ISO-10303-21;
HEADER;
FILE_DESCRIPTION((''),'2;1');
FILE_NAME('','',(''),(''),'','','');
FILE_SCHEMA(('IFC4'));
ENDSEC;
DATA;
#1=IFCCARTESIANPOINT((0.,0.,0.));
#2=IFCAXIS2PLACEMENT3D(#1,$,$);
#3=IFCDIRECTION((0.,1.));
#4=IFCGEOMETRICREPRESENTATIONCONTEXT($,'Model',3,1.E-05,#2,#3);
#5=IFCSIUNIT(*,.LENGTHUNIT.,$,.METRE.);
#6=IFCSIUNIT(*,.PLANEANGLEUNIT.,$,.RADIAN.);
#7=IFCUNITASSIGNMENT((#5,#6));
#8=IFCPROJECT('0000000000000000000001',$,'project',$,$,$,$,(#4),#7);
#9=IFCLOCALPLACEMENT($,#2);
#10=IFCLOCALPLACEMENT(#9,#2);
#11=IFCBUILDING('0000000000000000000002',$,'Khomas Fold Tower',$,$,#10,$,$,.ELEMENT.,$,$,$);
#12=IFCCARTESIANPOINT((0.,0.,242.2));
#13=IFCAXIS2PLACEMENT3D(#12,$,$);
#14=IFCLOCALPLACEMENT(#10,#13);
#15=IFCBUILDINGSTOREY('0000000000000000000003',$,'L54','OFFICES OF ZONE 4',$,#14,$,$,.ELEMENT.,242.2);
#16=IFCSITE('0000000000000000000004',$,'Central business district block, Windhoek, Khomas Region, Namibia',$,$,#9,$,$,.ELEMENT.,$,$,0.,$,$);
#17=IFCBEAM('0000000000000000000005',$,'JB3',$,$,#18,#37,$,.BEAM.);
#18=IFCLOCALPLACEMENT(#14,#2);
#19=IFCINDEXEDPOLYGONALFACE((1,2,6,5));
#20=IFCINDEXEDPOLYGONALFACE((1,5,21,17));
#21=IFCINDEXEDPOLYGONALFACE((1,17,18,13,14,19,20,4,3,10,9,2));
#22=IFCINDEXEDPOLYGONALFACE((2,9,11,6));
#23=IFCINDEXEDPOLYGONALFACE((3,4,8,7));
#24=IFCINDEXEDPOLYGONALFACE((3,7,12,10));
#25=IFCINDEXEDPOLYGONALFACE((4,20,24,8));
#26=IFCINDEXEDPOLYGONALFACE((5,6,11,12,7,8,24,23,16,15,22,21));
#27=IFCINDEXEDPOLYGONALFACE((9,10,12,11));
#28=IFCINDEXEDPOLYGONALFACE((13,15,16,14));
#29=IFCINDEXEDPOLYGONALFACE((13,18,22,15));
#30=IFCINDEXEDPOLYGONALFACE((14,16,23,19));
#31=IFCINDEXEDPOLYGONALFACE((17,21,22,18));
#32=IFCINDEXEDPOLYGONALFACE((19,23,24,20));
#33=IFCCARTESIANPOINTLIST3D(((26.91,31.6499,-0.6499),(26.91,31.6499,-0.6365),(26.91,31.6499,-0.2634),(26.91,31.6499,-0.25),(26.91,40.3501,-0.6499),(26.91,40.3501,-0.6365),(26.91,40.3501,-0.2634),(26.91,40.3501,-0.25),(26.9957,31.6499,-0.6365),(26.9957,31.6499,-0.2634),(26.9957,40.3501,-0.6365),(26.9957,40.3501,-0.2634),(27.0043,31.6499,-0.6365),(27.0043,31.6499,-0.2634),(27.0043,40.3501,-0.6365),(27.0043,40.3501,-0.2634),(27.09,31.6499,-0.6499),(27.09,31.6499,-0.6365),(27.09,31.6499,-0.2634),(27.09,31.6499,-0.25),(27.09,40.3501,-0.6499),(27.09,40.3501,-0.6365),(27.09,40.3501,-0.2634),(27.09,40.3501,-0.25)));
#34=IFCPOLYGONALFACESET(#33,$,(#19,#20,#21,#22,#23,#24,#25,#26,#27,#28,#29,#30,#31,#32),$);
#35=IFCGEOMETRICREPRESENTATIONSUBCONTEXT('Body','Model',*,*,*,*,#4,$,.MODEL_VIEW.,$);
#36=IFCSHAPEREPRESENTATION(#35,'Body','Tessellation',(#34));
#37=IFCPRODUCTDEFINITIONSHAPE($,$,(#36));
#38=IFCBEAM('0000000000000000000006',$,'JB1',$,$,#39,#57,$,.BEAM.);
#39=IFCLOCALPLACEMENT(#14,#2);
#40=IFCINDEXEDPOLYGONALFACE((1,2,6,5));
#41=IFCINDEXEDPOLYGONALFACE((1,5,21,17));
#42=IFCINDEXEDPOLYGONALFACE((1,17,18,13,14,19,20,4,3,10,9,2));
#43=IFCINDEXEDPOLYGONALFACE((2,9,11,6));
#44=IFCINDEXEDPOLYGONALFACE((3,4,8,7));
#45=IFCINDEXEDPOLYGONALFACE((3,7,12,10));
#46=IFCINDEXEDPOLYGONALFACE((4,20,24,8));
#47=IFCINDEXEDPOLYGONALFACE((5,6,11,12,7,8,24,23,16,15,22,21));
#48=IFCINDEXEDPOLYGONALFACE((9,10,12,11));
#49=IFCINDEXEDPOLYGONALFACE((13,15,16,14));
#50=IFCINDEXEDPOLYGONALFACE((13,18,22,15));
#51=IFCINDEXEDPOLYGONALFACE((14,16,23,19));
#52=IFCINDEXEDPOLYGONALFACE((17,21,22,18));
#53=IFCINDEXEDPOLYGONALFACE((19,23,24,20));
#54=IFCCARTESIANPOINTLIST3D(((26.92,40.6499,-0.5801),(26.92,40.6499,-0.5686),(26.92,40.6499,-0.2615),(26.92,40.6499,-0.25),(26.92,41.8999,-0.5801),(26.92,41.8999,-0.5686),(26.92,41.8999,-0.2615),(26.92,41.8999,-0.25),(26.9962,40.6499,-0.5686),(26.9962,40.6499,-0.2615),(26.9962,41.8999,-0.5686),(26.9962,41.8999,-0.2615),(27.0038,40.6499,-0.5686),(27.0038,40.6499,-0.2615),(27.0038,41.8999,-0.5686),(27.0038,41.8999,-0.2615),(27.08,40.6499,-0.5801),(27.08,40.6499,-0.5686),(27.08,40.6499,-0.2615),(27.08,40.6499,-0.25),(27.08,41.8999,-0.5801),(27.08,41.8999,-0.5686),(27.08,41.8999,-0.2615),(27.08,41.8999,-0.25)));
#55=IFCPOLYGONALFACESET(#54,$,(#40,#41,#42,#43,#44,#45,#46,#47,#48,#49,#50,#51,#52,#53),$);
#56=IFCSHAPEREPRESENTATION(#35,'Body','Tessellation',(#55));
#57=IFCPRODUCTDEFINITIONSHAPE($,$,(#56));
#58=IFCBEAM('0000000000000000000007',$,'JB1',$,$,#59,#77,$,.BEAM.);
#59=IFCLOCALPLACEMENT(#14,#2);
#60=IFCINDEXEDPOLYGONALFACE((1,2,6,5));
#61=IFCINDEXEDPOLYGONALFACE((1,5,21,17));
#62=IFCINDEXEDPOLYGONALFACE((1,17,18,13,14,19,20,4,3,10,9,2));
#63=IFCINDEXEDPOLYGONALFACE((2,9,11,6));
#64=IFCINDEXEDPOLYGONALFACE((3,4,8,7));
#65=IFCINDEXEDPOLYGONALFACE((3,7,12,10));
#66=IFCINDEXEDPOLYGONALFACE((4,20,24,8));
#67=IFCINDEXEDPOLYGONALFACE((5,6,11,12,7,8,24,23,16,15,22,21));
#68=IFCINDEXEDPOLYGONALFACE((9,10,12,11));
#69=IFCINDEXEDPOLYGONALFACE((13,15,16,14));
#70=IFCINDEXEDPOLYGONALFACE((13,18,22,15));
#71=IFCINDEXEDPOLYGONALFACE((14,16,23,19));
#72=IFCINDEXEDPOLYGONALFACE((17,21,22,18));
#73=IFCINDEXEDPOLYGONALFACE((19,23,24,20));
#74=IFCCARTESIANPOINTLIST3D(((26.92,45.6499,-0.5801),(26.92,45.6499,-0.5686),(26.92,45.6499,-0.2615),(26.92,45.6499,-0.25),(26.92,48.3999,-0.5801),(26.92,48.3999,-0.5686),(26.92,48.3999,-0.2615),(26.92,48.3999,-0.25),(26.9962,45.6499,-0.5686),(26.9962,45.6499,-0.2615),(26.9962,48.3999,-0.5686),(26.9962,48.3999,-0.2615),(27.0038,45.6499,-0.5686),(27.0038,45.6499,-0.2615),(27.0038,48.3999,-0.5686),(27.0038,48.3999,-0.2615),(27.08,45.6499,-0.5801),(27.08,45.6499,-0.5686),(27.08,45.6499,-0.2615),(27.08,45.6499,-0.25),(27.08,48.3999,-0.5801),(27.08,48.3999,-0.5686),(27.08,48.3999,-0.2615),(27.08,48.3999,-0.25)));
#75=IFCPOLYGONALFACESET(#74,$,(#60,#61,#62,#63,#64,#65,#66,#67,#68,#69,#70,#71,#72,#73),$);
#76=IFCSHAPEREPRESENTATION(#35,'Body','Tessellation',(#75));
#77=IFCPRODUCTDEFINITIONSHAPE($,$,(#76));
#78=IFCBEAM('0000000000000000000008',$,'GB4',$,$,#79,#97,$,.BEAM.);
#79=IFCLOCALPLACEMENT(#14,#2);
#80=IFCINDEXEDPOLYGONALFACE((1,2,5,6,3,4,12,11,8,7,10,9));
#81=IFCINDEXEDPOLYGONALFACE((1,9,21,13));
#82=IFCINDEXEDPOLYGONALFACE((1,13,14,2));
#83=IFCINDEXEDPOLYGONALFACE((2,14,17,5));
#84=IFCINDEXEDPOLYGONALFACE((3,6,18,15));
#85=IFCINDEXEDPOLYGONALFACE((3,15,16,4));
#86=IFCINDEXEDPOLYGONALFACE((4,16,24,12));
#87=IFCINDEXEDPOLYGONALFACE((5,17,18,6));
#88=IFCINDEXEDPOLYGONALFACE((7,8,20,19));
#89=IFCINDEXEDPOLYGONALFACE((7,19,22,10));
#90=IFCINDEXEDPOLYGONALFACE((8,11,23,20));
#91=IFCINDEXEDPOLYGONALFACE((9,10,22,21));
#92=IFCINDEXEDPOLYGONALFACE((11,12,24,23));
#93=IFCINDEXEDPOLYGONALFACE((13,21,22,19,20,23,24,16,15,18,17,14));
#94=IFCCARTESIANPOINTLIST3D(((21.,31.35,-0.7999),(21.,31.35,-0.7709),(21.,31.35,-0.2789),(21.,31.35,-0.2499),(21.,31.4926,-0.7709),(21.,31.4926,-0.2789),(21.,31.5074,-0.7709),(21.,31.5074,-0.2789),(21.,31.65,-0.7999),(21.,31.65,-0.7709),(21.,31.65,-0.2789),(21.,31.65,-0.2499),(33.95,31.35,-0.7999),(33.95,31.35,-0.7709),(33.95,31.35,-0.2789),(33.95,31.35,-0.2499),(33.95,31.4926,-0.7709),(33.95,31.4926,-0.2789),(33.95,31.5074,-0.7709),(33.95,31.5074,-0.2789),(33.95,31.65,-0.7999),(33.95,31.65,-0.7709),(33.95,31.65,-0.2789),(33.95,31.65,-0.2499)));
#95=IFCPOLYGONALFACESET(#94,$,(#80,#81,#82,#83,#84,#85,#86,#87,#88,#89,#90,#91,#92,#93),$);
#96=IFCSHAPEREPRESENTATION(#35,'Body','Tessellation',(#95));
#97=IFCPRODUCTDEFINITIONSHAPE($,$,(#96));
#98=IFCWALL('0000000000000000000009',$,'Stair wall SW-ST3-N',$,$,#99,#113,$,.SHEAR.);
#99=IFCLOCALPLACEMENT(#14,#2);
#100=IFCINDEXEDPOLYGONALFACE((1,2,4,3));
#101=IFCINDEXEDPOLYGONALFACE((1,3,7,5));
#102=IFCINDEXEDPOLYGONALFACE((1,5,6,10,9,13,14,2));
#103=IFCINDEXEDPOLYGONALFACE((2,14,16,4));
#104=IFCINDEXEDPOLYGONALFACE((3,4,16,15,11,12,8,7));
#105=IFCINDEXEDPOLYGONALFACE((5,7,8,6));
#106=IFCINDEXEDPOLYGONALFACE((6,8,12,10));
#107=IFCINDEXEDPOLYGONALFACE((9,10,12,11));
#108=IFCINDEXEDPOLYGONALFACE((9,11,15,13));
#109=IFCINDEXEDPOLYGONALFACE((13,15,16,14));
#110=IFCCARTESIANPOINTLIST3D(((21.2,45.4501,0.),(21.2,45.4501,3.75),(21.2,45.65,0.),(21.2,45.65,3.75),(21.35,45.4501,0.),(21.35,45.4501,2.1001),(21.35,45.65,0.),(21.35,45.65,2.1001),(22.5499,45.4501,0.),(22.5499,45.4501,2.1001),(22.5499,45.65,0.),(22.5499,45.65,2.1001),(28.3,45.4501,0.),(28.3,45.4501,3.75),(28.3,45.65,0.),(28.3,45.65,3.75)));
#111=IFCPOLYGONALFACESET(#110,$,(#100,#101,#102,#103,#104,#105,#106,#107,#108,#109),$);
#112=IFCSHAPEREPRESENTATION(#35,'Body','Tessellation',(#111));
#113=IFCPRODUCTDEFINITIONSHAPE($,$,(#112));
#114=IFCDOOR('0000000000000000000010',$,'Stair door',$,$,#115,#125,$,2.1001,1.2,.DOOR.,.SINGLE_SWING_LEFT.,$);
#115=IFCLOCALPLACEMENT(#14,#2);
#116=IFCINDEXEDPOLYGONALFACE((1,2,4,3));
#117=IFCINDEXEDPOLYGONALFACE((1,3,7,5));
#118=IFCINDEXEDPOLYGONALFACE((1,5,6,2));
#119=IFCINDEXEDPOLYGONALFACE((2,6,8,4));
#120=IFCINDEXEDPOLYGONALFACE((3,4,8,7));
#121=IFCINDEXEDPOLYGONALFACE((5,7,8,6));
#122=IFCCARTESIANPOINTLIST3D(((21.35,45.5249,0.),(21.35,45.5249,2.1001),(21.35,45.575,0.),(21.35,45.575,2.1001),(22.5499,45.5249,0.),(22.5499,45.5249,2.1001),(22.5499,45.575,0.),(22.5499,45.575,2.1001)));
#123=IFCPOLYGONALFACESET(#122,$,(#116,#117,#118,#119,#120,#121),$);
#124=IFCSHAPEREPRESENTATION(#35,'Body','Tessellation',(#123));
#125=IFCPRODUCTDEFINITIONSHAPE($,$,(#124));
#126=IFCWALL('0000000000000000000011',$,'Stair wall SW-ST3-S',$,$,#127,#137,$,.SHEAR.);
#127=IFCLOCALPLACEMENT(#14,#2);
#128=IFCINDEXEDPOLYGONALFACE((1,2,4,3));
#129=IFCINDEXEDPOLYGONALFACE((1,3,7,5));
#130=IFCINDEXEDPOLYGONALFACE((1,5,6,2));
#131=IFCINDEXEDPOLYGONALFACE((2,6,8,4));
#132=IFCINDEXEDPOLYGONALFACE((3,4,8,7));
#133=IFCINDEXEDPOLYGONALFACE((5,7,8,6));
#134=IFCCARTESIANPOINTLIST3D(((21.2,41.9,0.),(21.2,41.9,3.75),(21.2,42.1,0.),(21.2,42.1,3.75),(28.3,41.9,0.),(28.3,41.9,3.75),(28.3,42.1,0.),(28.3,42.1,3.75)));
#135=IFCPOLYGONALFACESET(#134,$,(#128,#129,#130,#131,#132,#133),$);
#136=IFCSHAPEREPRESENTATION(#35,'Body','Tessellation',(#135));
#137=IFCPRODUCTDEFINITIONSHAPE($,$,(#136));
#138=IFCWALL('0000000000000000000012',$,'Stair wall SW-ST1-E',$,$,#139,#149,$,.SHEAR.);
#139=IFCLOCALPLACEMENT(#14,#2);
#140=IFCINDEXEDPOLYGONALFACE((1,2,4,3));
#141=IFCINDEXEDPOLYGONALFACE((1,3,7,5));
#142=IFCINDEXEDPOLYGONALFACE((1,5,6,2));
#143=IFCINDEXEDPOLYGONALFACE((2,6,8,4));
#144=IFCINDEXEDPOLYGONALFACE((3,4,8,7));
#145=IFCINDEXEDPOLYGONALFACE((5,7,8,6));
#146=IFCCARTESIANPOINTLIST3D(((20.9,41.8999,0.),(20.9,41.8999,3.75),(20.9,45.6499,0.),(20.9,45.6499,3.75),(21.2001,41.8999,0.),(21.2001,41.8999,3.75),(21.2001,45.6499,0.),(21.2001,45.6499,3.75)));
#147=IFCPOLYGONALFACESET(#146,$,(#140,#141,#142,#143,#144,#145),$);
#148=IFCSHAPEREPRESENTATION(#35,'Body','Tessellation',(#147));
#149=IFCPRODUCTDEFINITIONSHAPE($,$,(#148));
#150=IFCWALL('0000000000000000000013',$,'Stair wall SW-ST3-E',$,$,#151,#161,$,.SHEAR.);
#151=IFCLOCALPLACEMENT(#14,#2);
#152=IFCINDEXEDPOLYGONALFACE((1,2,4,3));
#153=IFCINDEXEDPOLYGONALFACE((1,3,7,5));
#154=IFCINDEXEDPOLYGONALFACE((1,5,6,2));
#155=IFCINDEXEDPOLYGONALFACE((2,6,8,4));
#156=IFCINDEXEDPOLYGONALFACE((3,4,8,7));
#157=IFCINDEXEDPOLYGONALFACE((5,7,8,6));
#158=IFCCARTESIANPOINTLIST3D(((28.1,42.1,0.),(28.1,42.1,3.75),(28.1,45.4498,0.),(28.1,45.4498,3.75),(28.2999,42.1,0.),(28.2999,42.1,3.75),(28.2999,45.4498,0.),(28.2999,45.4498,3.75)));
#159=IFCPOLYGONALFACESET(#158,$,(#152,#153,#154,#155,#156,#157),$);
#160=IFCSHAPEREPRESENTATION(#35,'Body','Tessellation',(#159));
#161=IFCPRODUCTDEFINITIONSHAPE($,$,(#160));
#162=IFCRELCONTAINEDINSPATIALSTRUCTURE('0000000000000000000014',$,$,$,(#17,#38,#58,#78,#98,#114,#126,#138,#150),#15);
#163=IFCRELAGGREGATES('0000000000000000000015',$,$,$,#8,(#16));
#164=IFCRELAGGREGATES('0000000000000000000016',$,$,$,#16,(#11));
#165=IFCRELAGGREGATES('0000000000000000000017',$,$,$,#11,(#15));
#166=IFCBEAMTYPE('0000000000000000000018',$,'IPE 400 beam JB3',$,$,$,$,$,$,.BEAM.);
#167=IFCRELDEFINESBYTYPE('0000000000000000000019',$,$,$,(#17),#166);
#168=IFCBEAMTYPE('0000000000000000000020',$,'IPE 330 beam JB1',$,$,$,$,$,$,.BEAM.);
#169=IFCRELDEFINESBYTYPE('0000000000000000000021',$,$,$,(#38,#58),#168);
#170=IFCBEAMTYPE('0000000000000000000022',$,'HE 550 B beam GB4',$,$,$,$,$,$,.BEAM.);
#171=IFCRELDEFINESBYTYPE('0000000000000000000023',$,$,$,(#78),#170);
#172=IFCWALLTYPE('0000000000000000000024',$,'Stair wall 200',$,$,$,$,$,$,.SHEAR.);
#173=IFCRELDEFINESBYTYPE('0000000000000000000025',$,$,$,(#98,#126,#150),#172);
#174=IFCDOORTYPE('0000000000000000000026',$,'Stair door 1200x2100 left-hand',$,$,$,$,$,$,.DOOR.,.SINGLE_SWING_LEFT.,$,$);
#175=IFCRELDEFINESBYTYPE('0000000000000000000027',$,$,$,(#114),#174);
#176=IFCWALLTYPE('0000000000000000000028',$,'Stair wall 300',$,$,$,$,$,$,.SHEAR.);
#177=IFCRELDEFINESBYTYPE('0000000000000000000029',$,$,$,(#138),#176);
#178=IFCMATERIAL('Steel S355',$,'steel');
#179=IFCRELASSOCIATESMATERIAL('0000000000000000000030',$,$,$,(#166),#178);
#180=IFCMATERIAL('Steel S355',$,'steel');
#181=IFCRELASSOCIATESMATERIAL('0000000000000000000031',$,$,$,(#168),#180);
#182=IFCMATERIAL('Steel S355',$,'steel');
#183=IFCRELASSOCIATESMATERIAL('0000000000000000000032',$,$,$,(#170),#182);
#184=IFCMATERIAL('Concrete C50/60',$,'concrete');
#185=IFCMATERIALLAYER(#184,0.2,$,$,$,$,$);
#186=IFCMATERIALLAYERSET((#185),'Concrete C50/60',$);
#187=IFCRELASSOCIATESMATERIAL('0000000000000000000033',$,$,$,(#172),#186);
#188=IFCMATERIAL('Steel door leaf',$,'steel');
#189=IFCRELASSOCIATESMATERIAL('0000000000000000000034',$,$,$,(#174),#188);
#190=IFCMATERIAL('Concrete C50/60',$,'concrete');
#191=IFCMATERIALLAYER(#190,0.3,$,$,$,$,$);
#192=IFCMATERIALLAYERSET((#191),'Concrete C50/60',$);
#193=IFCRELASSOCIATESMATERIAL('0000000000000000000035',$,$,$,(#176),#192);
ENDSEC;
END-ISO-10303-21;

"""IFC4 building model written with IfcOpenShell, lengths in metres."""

from ifc_helpers import new_model, si_unit, direction, frame, frame_2d, origin, origin_2d, place, context, subcontext, project, spatial, rectangle, i_section, extrude, source, transform, mapped, material, layer, layer_set, material_profile, profile_set, type_object, element, fill, save


model = new_model("IFC4")

# Units and contexts
model_context = context("Model", 3, precision=1e-05, world=origin(), true_north=direction((0.0, 1.0)))
body_context = subcontext(model_context, "Body", "Model", "MODEL_VIEW")
ifc_project = project(units=[si_unit("LENGTHUNIT", "METRE"), si_unit("PLANEANGLEUNIT", "RADIAN")], contexts=[model_context])

# Site, building, storey
site_placement = place(None, origin())
site = spatial("IfcSite", under=ifc_project, at=site_placement, Name="Central business district block, Windhoek, Khomas Region, Namibia", CompositionType="ELEMENT", RefElevation=0.0)
building_placement = place(site_placement, origin())
building = spatial("IfcBuilding", under=site, at=building_placement, Name="Khomas Fold Tower", CompositionType="ELEMENT")
storey_placement = place(building_placement, frame((0.0, 0.0, 242.2)))
storey = spatial("IfcBuildingStorey", under=building, at=storey_placement, Name="L54", Description="OFFICES OF ZONE 4", CompositionType="ELEMENT", Elevation=242.2)

# Beams
ifc_material_1 = material(Name="Steel S355", Category="steel")
ifc_material_profile_1 = material_profile(ifc_material_1, i_section(OverallWidth=0.1799, OverallDepth=0.3999, WebThickness=0.0085, FlangeThickness=0.0134, at=origin_2d()), Name="IPE 400")
ifc_profile_set_1 = profile_set([ifc_material_profile_1], Name="Steel S355")
beam_type_1 = type_object("IfcBeamType", Name="IPE 400 beam JB3", PredefinedType="BEAM", material=ifc_profile_set_1)
shared_shape_1 = source(origin(), body_context, "Body", "SweptSolid", [
    extrude(i_section(OverallWidth=0.1799, OverallDepth=0.3999, WebThickness=0.0085, FlangeThickness=0.0134, at=origin_2d()), origin(), (0.0, 0.0, 1.0), 8.7002),
])
beam_1_placement = place(storey_placement, frame((27.0, 31.6499, -0.45), z_axis=(0.0, 1.0, 0.0), x_axis=(-1.0, 0.0, 0.0)))
element("IfcBeam", 1, at=beam_1_placement, inside=storey, type_object=beam_type_1, Name="JB3", PredefinedType="BEAM", context=body_context, shape_type="MappedRepresentation", body=[
    mapped(shared_shape_1, transform((0.0, 0.0, 0.0))),
])
ifc_material_2 = material(Name="Steel S355", Category="steel")
ifc_material_profile_2 = material_profile(ifc_material_2, i_section(OverallWidth=0.1599, OverallDepth=0.3301, WebThickness=0.0076, FlangeThickness=0.0115, at=origin_2d()), Name="IPE 330")
ifc_profile_set_2 = profile_set([ifc_material_profile_2], Name="Steel S355")
beam_type_2 = type_object("IfcBeamType", Name="IPE 330 beam JB1", PredefinedType="BEAM", material=ifc_profile_set_2)
shared_shape_2 = source(origin(), body_context, "Body", "SweptSolid", [
    extrude(i_section(OverallWidth=0.1599, OverallDepth=0.3301, WebThickness=0.0076, FlangeThickness=0.0115, at=origin_2d()), origin(), (0.0, 0.0, 1.0), 1.25),
])
beam_2_placement = place(storey_placement, frame((27.0, 40.6499, -0.415), z_axis=(0.0, 1.0, 0.0), x_axis=(-1.0, 0.0, 0.0)))
element("IfcBeam", 2, at=beam_2_placement, inside=storey, type_object=beam_type_2, Name="JB1", PredefinedType="BEAM", context=body_context, shape_type="MappedRepresentation", body=[
    mapped(shared_shape_2, transform((0.0, 0.0, 0.0))),
])
shared_shape_3 = source(origin(), body_context, "Body", "SweptSolid", [
    extrude(i_section(OverallWidth=0.1599, OverallDepth=0.3301, WebThickness=0.0076, FlangeThickness=0.0115, at=origin_2d()), origin(), (0.0, 0.0, 1.0), 2.75),
])
beam_3_placement = place(storey_placement, frame((27.0, 45.6499, -0.415), z_axis=(0.0, 1.0, 0.0), x_axis=(-1.0, 0.0, 0.0)))
element("IfcBeam", 3, at=beam_3_placement, inside=storey, type_object=beam_type_2, Name="JB1", PredefinedType="BEAM", context=body_context, shape_type="MappedRepresentation", body=[
    mapped(shared_shape_3, transform((0.0, 0.0, 0.0))),
])
ifc_material_3 = material(Name="Steel S355", Category="steel")
ifc_material_profile_3 = material_profile(ifc_material_3, i_section(OverallWidth=0.3, OverallDepth=0.55, WebThickness=0.0149, FlangeThickness=0.0291, at=origin_2d()), Name="HE 550 B")
ifc_profile_set_3 = profile_set([ifc_material_profile_3], Name="Steel S355")
beam_type_3 = type_object("IfcBeamType", Name="HE 550 B beam GB4", PredefinedType="BEAM", material=ifc_profile_set_3)
shared_shape_4 = source(origin(), body_context, "Body", "SweptSolid", [
    extrude(i_section(OverallWidth=0.3, OverallDepth=0.55, WebThickness=0.0149, FlangeThickness=0.0291, at=origin_2d()), origin(), (0.0, 0.0, 1.0), 12.95),
])
beam_4_placement = place(storey_placement, frame((21.0, 31.5, -0.5249), z_axis=(1.0, 0.0, 0.0), x_axis=(0.0, 1.0, 0.0)))
element("IfcBeam", 4, at=beam_4_placement, inside=storey, type_object=beam_type_3, Name="GB4", PredefinedType="BEAM", context=body_context, shape_type="MappedRepresentation", body=[
    mapped(shared_shape_4, transform((0.0, 0.0, 0.0))),
])

# Wall, opening, door
ifc_material_4 = material(Name="Concrete C50/60", Category="concrete")
ifc_layer_1 = layer(ifc_material_4, 0.2)
ifc_layer_set_1 = layer_set([ifc_layer_1], Name="Concrete C50/60")
wall_type_1 = type_object("IfcWallType", Name="Stair wall 200", PredefinedType="SHEAR", material=ifc_layer_set_1)
shared_shape_5 = source(origin(), body_context, "Body", "SweptSolid", [
    extrude(rectangle(XDim=7.1001, YDim=0.2, at=frame_2d((3.55, 0.0))), origin(), (0.0, 0.0, 1.0), 3.75),
])
wall_1_placement = place(storey_placement, frame((21.2, 45.55, 0.0), z_axis=(0.0, 0.0, 1.0), x_axis=(1.0, 0.0, 0.0)))
wall_1 = element("IfcWall", 5, at=wall_1_placement, inside=storey, type_object=wall_type_1, Name="Stair wall SW-ST3-N", PredefinedType="SHEAR", context=body_context, shape_type="MappedRepresentation", body=[
    mapped(shared_shape_5, transform((0.0, 0.0, 0.0))),
])
shared_shape_6 = source(origin(), body_context, "Body", "SweptSolid", [
    extrude(rectangle(XDim=1.2, YDim=2.1001, at=frame_2d((0.6001, 1.05))), frame((0.0, 0.1099, 0.0), z_axis=(0.0, -1.0, 0.0), x_axis=(1.0, 0.0, 0.0)), (0.0, 0.0, 1.0), 0.22),
])
opening_1_placement = place(wall_1_placement, frame((0.1499, 0.0, 0.0)))
opening_1 = element("IfcOpeningElement", 6, at=opening_1_placement, cuts=wall_1, PredefinedType="OPENING", context=body_context, shape_type="MappedRepresentation", body=[
    mapped(shared_shape_6, transform((0.0, 0.0, 0.0))),
])
ifc_material_5 = material(Name="Steel door leaf", Category="steel")
door_type_1 = type_object("IfcDoorType", Name="Stair door 1200x2100 left-hand", OperationType="SINGLE_SWING_LEFT", PredefinedType="DOOR", material=ifc_material_5)
shared_shape_7 = source(origin(), body_context, "Body", "SweptSolid", [
    extrude(rectangle(XDim=1.2, YDim=2.1001, at=frame_2d((0.6001, 1.05))), frame((0.0, 0.0249, 0.0), z_axis=(0.0, -1.0, 0.0), x_axis=(1.0, 0.0, 0.0)), (0.0, 0.0, 1.0), 0.05),
])
door_1_placement = place(opening_1_placement, origin())
door_1 = element("IfcDoor", 7, at=door_1_placement, inside=storey, type_object=door_type_1, Name="Stair door", OperationType="SINGLE_SWING_LEFT", OverallHeight=2.1001, OverallWidth=1.2, PredefinedType="DOOR", context=body_context, shape_type="MappedRepresentation", body=[
    mapped(shared_shape_7, transform((0.0, 0.0, 0.0))),
])
fill(opening_1, door_1)

# Walls
wall_2_placement = place(storey_placement, frame((21.2, 42.0, 0.0), z_axis=(0.0, 0.0, 1.0), x_axis=(1.0, 0.0, 0.0)))
element("IfcWall", 8, at=wall_2_placement, inside=storey, type_object=wall_type_1, Name="Stair wall SW-ST3-S", PredefinedType="SHEAR", context=body_context, shape_type="MappedRepresentation", body=[
    mapped(shared_shape_5, transform((0.0, 0.0, 0.0))),
])
ifc_material_6 = material(Name="Concrete C50/60", Category="concrete")
ifc_layer_2 = layer(ifc_material_6, 0.3)
ifc_layer_set_2 = layer_set([ifc_layer_2], Name="Concrete C50/60")
wall_type_2 = type_object("IfcWallType", Name="Stair wall 300", PredefinedType="SHEAR", material=ifc_layer_set_2)
shared_shape_8 = source(origin(), body_context, "Body", "SweptSolid", [
    extrude(rectangle(XDim=3.75, YDim=0.3, at=frame_2d((1.875, 0.0))), origin(), (0.0, 0.0, 1.0), 3.75),
])
wall_3_placement = place(storey_placement, frame((21.05, 41.8999, 0.0), z_axis=(0.0, 0.0, 1.0), x_axis=(0.0, 1.0, 0.0)))
element("IfcWall", 9, at=wall_3_placement, inside=storey, type_object=wall_type_2, Name="Stair wall SW-ST1-E", PredefinedType="SHEAR", context=body_context, shape_type="MappedRepresentation", body=[
    mapped(shared_shape_8, transform((0.0, 0.0, 0.0))),
])
shared_shape_9 = source(origin(), body_context, "Body", "SweptSolid", [
    extrude(rectangle(XDim=3.3499, YDim=0.2, at=frame_2d((1.6748, 0.0))), origin(), (0.0, 0.0, 1.0), 3.75),
])
wall_4_placement = place(storey_placement, frame((28.2, 42.1001, 0.0), z_axis=(0.0, 0.0, 1.0), x_axis=(0.0, 1.0, 0.0)))
element("IfcWall", 10, at=wall_4_placement, inside=storey, type_object=wall_type_1, Name="Stair wall SW-ST3-E", PredefinedType="SHEAR", context=body_context, shape_type="MappedRepresentation", body=[
    mapped(shared_shape_9, transform((0.0, 0.0, 0.0))),
])

save(model, "model.ifc")
